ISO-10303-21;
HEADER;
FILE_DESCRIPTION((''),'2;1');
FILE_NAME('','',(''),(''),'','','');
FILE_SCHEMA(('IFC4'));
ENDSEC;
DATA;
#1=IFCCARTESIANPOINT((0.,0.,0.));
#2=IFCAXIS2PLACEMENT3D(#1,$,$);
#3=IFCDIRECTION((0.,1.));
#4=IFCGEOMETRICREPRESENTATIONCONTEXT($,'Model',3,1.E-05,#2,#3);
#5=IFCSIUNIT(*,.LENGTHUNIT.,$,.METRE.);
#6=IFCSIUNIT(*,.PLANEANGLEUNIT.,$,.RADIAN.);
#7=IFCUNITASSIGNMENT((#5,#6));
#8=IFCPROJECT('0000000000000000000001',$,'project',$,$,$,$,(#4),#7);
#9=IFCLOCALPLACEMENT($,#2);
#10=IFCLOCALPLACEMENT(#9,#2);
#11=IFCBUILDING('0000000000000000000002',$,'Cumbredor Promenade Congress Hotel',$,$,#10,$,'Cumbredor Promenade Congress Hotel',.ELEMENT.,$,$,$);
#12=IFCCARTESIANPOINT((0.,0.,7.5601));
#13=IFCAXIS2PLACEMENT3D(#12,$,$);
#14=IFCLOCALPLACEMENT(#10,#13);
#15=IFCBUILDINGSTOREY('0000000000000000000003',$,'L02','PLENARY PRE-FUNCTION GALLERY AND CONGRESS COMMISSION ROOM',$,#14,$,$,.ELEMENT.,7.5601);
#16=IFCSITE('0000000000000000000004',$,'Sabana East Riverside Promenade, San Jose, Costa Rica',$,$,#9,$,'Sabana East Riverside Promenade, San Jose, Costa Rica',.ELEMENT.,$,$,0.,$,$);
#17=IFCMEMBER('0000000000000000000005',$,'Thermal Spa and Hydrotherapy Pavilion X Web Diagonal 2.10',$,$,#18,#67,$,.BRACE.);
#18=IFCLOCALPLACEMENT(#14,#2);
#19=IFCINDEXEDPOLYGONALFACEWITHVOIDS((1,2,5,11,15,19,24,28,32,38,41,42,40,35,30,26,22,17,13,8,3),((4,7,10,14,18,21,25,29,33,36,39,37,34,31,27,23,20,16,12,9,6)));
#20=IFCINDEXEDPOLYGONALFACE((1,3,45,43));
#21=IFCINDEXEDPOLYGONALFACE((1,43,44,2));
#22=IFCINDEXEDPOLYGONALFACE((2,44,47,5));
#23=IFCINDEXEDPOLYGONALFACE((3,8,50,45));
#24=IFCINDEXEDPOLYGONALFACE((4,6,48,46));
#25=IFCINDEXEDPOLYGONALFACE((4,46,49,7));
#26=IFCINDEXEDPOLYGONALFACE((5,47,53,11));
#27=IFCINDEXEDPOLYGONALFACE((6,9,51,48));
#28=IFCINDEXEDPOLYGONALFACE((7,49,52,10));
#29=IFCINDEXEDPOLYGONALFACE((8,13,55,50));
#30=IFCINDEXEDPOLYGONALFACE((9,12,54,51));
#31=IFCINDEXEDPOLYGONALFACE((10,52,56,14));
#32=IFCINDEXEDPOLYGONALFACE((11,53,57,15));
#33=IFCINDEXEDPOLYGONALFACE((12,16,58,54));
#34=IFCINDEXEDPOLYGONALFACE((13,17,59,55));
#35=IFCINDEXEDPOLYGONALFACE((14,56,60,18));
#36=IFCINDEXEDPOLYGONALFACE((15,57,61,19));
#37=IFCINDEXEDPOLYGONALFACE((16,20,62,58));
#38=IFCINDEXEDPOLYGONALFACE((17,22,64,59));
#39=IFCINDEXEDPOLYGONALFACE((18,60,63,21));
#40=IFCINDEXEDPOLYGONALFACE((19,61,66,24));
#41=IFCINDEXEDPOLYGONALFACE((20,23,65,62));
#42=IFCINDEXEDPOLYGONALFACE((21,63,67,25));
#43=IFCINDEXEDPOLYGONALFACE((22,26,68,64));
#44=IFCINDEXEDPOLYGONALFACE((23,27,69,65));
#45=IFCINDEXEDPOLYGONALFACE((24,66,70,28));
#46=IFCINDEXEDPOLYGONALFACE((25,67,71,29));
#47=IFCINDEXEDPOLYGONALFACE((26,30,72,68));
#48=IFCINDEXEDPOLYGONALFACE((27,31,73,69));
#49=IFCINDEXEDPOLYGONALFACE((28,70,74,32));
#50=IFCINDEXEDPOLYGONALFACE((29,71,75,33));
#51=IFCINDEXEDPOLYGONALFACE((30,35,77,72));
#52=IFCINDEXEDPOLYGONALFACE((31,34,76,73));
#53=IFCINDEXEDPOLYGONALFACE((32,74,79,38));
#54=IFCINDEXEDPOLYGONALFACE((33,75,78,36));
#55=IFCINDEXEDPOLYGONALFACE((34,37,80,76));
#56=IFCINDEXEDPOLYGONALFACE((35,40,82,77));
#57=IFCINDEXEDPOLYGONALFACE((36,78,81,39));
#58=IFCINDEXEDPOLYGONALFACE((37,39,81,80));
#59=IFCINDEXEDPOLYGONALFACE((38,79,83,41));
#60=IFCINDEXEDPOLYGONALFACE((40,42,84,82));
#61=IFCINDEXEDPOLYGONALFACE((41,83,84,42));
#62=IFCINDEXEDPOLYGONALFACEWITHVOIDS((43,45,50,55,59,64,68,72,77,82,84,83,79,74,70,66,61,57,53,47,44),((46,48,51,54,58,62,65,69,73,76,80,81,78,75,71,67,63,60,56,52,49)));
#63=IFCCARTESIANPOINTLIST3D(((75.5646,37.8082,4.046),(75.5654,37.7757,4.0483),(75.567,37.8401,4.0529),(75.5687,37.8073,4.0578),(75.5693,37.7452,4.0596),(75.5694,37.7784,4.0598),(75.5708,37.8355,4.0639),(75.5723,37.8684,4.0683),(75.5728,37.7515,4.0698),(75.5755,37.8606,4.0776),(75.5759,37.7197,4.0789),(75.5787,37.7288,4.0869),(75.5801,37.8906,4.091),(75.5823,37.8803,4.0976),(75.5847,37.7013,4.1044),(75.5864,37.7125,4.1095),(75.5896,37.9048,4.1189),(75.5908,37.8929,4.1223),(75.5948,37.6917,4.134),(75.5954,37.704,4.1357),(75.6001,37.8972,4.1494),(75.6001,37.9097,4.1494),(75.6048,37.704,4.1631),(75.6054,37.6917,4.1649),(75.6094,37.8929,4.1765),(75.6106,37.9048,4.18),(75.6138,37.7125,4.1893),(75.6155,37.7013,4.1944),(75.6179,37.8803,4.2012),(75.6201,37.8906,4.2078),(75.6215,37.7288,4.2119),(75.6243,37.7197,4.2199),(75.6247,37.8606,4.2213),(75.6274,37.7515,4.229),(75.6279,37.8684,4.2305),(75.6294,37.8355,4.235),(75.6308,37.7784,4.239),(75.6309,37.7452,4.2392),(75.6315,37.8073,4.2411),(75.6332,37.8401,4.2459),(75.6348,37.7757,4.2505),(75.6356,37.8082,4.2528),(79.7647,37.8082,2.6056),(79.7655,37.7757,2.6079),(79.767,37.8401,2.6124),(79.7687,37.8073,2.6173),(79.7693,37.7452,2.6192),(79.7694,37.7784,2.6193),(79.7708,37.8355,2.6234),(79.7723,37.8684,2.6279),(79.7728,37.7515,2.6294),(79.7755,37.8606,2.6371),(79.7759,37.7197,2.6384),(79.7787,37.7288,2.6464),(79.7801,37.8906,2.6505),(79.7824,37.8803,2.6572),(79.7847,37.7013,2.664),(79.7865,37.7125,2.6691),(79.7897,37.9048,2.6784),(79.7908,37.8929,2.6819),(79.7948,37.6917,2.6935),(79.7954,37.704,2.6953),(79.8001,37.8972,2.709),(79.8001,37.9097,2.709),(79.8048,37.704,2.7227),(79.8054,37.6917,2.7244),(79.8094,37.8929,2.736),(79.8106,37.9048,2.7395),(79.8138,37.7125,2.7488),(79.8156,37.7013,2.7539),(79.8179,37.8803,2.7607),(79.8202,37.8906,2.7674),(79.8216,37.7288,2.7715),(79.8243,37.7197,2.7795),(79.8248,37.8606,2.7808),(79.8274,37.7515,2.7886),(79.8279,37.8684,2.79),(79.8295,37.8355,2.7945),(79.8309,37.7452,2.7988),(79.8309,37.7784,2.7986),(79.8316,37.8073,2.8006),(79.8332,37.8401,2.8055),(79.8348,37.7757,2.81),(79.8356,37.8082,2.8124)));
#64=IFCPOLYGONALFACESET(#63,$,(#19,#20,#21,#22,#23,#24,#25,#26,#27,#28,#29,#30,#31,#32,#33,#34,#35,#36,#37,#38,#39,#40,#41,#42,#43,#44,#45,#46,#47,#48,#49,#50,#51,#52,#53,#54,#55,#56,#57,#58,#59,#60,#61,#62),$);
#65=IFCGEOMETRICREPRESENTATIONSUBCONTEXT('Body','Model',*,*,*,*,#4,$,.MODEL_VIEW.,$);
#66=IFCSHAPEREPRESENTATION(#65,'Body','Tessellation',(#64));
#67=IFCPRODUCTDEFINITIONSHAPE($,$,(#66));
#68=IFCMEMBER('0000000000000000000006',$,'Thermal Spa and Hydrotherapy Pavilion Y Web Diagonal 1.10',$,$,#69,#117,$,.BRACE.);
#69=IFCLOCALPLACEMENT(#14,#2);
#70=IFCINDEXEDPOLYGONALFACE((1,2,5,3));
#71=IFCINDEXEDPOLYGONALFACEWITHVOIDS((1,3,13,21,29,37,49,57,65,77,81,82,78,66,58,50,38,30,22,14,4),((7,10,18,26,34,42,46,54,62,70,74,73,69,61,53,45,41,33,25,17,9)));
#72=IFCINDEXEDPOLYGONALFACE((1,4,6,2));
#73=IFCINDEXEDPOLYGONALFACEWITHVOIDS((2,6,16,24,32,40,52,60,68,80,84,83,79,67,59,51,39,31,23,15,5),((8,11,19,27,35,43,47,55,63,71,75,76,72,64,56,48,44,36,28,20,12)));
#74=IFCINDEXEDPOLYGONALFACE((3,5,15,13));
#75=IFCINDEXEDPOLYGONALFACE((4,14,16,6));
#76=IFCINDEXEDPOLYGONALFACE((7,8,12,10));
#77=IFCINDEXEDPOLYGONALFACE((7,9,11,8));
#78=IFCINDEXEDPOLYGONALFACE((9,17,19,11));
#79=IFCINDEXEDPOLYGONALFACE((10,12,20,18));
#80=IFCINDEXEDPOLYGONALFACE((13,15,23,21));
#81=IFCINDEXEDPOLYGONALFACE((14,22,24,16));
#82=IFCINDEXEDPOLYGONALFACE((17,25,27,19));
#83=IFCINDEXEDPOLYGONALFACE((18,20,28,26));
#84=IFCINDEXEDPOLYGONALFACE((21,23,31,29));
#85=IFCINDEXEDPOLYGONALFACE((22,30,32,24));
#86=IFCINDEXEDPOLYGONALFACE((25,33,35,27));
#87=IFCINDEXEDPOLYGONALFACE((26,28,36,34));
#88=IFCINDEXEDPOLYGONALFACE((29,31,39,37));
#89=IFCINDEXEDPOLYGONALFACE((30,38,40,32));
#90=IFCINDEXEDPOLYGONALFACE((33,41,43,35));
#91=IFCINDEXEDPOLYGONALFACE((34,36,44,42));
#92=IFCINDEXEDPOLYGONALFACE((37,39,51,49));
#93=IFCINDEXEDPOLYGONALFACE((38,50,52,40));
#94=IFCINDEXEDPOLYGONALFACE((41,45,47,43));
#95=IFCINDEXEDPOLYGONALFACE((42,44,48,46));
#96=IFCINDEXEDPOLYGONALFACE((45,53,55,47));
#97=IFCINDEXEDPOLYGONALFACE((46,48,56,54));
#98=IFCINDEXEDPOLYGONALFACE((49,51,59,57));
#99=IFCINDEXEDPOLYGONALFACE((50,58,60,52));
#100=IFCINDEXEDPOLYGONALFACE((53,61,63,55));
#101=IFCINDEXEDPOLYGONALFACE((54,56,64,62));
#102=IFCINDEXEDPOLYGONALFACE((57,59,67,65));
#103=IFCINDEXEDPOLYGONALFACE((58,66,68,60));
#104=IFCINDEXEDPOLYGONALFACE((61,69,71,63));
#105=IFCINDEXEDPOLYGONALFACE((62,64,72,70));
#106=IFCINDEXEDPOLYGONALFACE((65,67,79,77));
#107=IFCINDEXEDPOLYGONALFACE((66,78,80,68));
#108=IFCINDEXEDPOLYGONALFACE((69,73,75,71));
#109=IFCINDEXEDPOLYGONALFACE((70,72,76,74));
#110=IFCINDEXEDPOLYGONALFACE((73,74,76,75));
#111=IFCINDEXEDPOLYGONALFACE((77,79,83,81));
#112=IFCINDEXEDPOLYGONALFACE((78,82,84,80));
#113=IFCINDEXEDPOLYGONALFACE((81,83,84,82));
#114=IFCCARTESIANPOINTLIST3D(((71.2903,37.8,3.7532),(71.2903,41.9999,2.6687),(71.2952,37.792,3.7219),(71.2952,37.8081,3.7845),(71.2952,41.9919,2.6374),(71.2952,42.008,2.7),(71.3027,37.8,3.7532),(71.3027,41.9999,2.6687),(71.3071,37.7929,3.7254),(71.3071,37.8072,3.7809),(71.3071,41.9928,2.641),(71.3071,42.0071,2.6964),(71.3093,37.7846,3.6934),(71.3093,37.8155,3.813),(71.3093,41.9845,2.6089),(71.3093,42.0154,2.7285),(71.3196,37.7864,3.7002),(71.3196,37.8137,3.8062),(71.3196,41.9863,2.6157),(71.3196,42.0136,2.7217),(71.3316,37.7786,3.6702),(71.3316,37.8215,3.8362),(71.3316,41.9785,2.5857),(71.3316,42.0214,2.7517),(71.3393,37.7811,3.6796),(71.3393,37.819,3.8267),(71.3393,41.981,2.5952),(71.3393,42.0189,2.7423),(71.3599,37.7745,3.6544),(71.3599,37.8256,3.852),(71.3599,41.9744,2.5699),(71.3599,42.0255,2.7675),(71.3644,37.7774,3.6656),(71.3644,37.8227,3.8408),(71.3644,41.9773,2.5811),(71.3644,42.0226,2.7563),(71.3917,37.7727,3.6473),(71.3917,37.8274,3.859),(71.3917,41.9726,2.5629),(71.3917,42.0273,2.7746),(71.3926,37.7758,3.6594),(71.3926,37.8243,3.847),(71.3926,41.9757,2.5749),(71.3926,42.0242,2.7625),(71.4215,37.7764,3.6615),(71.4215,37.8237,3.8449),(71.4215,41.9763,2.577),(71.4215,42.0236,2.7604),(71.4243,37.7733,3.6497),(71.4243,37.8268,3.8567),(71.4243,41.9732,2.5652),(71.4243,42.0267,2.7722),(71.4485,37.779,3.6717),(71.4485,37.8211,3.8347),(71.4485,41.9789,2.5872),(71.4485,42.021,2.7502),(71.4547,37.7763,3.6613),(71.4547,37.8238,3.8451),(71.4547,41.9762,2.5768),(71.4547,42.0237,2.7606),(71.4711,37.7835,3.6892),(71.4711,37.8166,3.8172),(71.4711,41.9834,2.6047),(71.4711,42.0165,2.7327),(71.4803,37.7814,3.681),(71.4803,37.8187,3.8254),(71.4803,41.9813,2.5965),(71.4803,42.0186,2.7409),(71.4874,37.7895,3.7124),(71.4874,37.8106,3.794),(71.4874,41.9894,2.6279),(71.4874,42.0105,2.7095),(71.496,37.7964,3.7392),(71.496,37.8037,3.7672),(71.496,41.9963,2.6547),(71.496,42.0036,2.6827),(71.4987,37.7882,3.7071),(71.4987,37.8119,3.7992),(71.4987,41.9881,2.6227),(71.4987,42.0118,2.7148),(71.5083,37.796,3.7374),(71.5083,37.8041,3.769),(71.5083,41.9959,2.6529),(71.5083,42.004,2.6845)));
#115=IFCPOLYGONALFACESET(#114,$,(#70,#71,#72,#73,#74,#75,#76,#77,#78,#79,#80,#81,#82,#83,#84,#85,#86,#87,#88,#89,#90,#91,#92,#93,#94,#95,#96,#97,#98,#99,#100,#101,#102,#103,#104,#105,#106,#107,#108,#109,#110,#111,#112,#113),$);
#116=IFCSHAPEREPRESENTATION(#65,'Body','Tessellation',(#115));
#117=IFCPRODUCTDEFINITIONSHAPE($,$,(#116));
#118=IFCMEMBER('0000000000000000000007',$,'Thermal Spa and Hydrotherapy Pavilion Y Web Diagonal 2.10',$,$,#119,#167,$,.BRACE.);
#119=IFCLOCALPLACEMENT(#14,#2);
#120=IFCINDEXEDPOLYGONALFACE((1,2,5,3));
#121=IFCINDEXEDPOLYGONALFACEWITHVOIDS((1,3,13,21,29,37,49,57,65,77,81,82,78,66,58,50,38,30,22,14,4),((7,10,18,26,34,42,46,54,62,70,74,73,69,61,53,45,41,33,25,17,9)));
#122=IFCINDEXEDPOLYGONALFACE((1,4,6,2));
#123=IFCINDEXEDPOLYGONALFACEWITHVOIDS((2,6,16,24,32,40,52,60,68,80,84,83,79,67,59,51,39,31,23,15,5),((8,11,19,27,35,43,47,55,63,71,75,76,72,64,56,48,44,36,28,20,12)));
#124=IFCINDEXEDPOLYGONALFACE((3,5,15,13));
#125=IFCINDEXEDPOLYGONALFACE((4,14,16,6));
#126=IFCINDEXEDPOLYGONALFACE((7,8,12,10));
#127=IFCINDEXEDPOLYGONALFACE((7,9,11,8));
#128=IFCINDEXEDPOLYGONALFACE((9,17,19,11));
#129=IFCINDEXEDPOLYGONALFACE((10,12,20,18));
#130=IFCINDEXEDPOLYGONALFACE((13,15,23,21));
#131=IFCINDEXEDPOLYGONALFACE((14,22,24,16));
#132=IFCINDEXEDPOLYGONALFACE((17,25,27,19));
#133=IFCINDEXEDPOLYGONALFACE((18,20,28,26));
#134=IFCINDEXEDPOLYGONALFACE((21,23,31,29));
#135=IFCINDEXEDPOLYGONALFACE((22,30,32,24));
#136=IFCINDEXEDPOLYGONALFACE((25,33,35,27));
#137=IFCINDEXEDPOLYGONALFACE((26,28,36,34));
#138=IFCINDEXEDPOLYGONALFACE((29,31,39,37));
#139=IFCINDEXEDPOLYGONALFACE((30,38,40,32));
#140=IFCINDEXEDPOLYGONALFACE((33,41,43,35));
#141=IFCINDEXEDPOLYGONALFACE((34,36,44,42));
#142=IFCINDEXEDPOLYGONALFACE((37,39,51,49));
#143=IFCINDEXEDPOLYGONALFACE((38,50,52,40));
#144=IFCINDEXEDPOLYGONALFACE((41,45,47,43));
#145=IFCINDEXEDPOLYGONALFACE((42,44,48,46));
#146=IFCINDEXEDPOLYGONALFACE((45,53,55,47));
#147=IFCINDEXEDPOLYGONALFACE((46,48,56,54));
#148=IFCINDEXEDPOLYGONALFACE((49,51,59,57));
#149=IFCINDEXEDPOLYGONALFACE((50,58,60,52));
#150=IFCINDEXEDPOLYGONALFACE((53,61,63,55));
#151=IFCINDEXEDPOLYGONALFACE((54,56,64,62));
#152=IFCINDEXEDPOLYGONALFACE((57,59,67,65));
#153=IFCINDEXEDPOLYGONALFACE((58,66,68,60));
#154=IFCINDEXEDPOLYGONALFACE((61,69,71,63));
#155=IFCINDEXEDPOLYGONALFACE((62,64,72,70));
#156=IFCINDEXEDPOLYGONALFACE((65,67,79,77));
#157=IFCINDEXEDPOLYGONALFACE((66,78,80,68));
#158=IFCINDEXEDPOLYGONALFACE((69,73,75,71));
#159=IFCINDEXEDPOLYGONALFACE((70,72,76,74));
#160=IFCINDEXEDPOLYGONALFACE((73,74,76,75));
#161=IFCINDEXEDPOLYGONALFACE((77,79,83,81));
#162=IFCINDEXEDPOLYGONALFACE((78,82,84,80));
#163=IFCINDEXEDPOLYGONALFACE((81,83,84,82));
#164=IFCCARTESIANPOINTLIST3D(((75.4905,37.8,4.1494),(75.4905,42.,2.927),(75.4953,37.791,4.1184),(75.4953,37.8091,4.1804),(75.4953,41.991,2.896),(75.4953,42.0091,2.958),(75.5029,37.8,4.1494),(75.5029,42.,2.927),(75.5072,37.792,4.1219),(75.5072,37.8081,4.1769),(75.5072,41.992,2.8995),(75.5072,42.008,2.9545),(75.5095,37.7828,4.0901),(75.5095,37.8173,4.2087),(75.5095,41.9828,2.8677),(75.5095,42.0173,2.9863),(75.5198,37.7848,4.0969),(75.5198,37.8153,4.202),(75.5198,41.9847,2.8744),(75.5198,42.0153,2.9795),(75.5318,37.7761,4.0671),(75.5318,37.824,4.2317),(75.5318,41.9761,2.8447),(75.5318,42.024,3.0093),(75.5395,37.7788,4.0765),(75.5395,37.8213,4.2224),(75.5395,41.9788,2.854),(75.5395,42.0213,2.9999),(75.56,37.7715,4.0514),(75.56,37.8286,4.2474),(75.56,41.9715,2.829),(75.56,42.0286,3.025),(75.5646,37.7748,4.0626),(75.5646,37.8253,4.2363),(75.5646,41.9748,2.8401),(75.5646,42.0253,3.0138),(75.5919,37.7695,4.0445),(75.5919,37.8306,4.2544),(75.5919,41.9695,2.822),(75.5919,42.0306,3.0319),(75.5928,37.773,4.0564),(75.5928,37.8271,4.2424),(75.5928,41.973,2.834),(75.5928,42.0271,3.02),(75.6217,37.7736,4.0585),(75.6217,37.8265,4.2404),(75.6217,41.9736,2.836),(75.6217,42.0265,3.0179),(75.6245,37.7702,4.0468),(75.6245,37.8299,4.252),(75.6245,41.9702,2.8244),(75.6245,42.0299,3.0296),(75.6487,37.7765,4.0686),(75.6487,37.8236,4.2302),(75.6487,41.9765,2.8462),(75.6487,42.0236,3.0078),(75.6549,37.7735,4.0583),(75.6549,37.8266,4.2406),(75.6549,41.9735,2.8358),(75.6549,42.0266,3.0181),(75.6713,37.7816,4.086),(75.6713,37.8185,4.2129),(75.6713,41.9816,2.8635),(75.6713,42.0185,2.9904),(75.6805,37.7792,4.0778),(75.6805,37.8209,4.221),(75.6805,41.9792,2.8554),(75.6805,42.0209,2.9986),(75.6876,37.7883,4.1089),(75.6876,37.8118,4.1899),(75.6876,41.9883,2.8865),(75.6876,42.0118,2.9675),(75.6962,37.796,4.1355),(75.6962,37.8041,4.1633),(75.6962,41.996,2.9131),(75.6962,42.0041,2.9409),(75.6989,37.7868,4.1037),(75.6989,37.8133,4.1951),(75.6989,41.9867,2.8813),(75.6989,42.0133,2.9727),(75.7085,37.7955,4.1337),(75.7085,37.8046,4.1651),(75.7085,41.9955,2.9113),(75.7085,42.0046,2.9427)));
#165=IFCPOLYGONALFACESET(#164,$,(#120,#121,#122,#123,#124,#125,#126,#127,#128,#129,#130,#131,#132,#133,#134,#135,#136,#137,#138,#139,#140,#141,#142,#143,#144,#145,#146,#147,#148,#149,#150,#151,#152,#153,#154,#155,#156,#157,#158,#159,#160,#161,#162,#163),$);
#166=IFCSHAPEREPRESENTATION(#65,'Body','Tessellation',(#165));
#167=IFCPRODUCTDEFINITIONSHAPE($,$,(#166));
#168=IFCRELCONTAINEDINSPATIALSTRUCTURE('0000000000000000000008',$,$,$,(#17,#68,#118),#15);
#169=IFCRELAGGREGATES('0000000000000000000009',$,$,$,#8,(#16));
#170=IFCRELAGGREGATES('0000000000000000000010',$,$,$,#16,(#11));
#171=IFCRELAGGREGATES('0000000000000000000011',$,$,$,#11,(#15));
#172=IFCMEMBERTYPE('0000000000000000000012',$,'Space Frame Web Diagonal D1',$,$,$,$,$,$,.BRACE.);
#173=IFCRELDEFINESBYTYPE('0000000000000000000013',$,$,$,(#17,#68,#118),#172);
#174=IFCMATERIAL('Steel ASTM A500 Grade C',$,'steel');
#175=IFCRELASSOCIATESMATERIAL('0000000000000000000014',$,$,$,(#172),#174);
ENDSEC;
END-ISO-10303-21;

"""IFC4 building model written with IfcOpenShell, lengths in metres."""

from ifc_helpers import new_model, si_unit, direction, frame, origin, origin_2d, place, context, subcontext, project, spatial, hollow_circle, extrude, material, material_profile, profile_set, type_object, element, save


model = new_model("IFC4")

# Units and contexts
model_context = context("Model", 3, precision=1e-05, world=origin(), true_north=direction((0.0, 1.0)))
body_context = subcontext(model_context, "Body", "Model", "MODEL_VIEW")
ifc_project = project(units=[si_unit("LENGTHUNIT", "METRE"), si_unit("PLANEANGLEUNIT", "RADIAN")], contexts=[model_context])

# Site, building, storey
site_placement = place(None, origin())
site = spatial("IfcSite", under=ifc_project, at=site_placement, Name="Sabana East Riverside Promenade, San Jose, Costa Rica", LongName="Sabana East Riverside Promenade, San Jose, Costa Rica", CompositionType="ELEMENT", RefElevation=0.0)
building_placement = place(site_placement, origin())
building = spatial("IfcBuilding", under=site, at=building_placement, Name="Cumbredor Promenade Congress Hotel", LongName="Cumbredor Promenade Congress Hotel", CompositionType="ELEMENT")
storey_placement = place(building_placement, frame((0.0, 0.0, 7.5601)))
storey = spatial("IfcBuildingStorey", under=building, at=storey_placement, Name="L02", Description="PLENARY PRE-FUNCTION GALLERY AND CONGRESS COMMISSION ROOM", CompositionType="ELEMENT", Elevation=7.5601)

# Members
ifc_material_1 = material(Name="Steel ASTM A500 Grade C", Category="steel")
ifc_material_profile_1 = material_profile(ifc_material_1, hollow_circle(Radius=0.1096, WallThickness=0.0125, at=origin_2d()), Name="CHS 219.1x12.5")
ifc_profile_set_1 = profile_set([ifc_material_profile_1], Name="Steel ASTM A500 Grade C")
member_type_1 = type_object("IfcMemberType", Name="Space Frame Web Diagonal D1", PredefinedType="BRACE", material=ifc_profile_set_1)
member_1_placement = place(storey_placement, frame((75.6001, 37.8, 4.1494), z_axis=(0.945915, 0.0, -0.324414), x_axis=(0.0, 1.0, 0.0)))
element("IfcMember", 1, at=member_1_placement, inside=storey, type_object=member_type_1, Name="Thermal Spa and Hydrotherapy Pavilion X Web Diagonal 2.10", PredefinedType="BRACE", context=body_context, shape_type="SweptSolid", body=[
    extrude(hollow_circle(Radius=0.1096, WallThickness=0.0125, at=origin_2d()), origin(), (0.0, 0.0, 1.0), 4.4402),
])
member_2_placement = place(storey_placement, frame((71.3999, 37.8, 3.7532), z_axis=(0.0, 0.968243, -0.250011), x_axis=(-1.0, 0.0, 0.0)))
element("IfcMember", 2, at=member_2_placement, inside=storey, type_object=member_type_1, Name="Thermal Spa and Hydrotherapy Pavilion Y Web Diagonal 1.10", PredefinedType="BRACE", context=body_context, shape_type="SweptSolid", body=[
    extrude(hollow_circle(Radius=0.1096, WallThickness=0.0125, at=origin_2d()), origin(), (0.0, 0.0, 1.0), 4.3376),
])
member_3_placement = place(storey_placement, frame((75.6001, 37.8, 4.1494), z_axis=(0.0, 0.960158, -0.279458), x_axis=(-1.0, 0.0, 0.0)))
element("IfcMember", 3, at=member_3_placement, inside=storey, type_object=member_type_1, Name="Thermal Spa and Hydrotherapy Pavilion Y Web Diagonal 2.10", PredefinedType="BRACE", context=body_context, shape_type="SweptSolid", body=[
    extrude(hollow_circle(Radius=0.1096, WallThickness=0.0125, at=origin_2d()), origin(), (0.0, 0.0, 1.0), 4.3743),
])

save(model, "model.ifc")
